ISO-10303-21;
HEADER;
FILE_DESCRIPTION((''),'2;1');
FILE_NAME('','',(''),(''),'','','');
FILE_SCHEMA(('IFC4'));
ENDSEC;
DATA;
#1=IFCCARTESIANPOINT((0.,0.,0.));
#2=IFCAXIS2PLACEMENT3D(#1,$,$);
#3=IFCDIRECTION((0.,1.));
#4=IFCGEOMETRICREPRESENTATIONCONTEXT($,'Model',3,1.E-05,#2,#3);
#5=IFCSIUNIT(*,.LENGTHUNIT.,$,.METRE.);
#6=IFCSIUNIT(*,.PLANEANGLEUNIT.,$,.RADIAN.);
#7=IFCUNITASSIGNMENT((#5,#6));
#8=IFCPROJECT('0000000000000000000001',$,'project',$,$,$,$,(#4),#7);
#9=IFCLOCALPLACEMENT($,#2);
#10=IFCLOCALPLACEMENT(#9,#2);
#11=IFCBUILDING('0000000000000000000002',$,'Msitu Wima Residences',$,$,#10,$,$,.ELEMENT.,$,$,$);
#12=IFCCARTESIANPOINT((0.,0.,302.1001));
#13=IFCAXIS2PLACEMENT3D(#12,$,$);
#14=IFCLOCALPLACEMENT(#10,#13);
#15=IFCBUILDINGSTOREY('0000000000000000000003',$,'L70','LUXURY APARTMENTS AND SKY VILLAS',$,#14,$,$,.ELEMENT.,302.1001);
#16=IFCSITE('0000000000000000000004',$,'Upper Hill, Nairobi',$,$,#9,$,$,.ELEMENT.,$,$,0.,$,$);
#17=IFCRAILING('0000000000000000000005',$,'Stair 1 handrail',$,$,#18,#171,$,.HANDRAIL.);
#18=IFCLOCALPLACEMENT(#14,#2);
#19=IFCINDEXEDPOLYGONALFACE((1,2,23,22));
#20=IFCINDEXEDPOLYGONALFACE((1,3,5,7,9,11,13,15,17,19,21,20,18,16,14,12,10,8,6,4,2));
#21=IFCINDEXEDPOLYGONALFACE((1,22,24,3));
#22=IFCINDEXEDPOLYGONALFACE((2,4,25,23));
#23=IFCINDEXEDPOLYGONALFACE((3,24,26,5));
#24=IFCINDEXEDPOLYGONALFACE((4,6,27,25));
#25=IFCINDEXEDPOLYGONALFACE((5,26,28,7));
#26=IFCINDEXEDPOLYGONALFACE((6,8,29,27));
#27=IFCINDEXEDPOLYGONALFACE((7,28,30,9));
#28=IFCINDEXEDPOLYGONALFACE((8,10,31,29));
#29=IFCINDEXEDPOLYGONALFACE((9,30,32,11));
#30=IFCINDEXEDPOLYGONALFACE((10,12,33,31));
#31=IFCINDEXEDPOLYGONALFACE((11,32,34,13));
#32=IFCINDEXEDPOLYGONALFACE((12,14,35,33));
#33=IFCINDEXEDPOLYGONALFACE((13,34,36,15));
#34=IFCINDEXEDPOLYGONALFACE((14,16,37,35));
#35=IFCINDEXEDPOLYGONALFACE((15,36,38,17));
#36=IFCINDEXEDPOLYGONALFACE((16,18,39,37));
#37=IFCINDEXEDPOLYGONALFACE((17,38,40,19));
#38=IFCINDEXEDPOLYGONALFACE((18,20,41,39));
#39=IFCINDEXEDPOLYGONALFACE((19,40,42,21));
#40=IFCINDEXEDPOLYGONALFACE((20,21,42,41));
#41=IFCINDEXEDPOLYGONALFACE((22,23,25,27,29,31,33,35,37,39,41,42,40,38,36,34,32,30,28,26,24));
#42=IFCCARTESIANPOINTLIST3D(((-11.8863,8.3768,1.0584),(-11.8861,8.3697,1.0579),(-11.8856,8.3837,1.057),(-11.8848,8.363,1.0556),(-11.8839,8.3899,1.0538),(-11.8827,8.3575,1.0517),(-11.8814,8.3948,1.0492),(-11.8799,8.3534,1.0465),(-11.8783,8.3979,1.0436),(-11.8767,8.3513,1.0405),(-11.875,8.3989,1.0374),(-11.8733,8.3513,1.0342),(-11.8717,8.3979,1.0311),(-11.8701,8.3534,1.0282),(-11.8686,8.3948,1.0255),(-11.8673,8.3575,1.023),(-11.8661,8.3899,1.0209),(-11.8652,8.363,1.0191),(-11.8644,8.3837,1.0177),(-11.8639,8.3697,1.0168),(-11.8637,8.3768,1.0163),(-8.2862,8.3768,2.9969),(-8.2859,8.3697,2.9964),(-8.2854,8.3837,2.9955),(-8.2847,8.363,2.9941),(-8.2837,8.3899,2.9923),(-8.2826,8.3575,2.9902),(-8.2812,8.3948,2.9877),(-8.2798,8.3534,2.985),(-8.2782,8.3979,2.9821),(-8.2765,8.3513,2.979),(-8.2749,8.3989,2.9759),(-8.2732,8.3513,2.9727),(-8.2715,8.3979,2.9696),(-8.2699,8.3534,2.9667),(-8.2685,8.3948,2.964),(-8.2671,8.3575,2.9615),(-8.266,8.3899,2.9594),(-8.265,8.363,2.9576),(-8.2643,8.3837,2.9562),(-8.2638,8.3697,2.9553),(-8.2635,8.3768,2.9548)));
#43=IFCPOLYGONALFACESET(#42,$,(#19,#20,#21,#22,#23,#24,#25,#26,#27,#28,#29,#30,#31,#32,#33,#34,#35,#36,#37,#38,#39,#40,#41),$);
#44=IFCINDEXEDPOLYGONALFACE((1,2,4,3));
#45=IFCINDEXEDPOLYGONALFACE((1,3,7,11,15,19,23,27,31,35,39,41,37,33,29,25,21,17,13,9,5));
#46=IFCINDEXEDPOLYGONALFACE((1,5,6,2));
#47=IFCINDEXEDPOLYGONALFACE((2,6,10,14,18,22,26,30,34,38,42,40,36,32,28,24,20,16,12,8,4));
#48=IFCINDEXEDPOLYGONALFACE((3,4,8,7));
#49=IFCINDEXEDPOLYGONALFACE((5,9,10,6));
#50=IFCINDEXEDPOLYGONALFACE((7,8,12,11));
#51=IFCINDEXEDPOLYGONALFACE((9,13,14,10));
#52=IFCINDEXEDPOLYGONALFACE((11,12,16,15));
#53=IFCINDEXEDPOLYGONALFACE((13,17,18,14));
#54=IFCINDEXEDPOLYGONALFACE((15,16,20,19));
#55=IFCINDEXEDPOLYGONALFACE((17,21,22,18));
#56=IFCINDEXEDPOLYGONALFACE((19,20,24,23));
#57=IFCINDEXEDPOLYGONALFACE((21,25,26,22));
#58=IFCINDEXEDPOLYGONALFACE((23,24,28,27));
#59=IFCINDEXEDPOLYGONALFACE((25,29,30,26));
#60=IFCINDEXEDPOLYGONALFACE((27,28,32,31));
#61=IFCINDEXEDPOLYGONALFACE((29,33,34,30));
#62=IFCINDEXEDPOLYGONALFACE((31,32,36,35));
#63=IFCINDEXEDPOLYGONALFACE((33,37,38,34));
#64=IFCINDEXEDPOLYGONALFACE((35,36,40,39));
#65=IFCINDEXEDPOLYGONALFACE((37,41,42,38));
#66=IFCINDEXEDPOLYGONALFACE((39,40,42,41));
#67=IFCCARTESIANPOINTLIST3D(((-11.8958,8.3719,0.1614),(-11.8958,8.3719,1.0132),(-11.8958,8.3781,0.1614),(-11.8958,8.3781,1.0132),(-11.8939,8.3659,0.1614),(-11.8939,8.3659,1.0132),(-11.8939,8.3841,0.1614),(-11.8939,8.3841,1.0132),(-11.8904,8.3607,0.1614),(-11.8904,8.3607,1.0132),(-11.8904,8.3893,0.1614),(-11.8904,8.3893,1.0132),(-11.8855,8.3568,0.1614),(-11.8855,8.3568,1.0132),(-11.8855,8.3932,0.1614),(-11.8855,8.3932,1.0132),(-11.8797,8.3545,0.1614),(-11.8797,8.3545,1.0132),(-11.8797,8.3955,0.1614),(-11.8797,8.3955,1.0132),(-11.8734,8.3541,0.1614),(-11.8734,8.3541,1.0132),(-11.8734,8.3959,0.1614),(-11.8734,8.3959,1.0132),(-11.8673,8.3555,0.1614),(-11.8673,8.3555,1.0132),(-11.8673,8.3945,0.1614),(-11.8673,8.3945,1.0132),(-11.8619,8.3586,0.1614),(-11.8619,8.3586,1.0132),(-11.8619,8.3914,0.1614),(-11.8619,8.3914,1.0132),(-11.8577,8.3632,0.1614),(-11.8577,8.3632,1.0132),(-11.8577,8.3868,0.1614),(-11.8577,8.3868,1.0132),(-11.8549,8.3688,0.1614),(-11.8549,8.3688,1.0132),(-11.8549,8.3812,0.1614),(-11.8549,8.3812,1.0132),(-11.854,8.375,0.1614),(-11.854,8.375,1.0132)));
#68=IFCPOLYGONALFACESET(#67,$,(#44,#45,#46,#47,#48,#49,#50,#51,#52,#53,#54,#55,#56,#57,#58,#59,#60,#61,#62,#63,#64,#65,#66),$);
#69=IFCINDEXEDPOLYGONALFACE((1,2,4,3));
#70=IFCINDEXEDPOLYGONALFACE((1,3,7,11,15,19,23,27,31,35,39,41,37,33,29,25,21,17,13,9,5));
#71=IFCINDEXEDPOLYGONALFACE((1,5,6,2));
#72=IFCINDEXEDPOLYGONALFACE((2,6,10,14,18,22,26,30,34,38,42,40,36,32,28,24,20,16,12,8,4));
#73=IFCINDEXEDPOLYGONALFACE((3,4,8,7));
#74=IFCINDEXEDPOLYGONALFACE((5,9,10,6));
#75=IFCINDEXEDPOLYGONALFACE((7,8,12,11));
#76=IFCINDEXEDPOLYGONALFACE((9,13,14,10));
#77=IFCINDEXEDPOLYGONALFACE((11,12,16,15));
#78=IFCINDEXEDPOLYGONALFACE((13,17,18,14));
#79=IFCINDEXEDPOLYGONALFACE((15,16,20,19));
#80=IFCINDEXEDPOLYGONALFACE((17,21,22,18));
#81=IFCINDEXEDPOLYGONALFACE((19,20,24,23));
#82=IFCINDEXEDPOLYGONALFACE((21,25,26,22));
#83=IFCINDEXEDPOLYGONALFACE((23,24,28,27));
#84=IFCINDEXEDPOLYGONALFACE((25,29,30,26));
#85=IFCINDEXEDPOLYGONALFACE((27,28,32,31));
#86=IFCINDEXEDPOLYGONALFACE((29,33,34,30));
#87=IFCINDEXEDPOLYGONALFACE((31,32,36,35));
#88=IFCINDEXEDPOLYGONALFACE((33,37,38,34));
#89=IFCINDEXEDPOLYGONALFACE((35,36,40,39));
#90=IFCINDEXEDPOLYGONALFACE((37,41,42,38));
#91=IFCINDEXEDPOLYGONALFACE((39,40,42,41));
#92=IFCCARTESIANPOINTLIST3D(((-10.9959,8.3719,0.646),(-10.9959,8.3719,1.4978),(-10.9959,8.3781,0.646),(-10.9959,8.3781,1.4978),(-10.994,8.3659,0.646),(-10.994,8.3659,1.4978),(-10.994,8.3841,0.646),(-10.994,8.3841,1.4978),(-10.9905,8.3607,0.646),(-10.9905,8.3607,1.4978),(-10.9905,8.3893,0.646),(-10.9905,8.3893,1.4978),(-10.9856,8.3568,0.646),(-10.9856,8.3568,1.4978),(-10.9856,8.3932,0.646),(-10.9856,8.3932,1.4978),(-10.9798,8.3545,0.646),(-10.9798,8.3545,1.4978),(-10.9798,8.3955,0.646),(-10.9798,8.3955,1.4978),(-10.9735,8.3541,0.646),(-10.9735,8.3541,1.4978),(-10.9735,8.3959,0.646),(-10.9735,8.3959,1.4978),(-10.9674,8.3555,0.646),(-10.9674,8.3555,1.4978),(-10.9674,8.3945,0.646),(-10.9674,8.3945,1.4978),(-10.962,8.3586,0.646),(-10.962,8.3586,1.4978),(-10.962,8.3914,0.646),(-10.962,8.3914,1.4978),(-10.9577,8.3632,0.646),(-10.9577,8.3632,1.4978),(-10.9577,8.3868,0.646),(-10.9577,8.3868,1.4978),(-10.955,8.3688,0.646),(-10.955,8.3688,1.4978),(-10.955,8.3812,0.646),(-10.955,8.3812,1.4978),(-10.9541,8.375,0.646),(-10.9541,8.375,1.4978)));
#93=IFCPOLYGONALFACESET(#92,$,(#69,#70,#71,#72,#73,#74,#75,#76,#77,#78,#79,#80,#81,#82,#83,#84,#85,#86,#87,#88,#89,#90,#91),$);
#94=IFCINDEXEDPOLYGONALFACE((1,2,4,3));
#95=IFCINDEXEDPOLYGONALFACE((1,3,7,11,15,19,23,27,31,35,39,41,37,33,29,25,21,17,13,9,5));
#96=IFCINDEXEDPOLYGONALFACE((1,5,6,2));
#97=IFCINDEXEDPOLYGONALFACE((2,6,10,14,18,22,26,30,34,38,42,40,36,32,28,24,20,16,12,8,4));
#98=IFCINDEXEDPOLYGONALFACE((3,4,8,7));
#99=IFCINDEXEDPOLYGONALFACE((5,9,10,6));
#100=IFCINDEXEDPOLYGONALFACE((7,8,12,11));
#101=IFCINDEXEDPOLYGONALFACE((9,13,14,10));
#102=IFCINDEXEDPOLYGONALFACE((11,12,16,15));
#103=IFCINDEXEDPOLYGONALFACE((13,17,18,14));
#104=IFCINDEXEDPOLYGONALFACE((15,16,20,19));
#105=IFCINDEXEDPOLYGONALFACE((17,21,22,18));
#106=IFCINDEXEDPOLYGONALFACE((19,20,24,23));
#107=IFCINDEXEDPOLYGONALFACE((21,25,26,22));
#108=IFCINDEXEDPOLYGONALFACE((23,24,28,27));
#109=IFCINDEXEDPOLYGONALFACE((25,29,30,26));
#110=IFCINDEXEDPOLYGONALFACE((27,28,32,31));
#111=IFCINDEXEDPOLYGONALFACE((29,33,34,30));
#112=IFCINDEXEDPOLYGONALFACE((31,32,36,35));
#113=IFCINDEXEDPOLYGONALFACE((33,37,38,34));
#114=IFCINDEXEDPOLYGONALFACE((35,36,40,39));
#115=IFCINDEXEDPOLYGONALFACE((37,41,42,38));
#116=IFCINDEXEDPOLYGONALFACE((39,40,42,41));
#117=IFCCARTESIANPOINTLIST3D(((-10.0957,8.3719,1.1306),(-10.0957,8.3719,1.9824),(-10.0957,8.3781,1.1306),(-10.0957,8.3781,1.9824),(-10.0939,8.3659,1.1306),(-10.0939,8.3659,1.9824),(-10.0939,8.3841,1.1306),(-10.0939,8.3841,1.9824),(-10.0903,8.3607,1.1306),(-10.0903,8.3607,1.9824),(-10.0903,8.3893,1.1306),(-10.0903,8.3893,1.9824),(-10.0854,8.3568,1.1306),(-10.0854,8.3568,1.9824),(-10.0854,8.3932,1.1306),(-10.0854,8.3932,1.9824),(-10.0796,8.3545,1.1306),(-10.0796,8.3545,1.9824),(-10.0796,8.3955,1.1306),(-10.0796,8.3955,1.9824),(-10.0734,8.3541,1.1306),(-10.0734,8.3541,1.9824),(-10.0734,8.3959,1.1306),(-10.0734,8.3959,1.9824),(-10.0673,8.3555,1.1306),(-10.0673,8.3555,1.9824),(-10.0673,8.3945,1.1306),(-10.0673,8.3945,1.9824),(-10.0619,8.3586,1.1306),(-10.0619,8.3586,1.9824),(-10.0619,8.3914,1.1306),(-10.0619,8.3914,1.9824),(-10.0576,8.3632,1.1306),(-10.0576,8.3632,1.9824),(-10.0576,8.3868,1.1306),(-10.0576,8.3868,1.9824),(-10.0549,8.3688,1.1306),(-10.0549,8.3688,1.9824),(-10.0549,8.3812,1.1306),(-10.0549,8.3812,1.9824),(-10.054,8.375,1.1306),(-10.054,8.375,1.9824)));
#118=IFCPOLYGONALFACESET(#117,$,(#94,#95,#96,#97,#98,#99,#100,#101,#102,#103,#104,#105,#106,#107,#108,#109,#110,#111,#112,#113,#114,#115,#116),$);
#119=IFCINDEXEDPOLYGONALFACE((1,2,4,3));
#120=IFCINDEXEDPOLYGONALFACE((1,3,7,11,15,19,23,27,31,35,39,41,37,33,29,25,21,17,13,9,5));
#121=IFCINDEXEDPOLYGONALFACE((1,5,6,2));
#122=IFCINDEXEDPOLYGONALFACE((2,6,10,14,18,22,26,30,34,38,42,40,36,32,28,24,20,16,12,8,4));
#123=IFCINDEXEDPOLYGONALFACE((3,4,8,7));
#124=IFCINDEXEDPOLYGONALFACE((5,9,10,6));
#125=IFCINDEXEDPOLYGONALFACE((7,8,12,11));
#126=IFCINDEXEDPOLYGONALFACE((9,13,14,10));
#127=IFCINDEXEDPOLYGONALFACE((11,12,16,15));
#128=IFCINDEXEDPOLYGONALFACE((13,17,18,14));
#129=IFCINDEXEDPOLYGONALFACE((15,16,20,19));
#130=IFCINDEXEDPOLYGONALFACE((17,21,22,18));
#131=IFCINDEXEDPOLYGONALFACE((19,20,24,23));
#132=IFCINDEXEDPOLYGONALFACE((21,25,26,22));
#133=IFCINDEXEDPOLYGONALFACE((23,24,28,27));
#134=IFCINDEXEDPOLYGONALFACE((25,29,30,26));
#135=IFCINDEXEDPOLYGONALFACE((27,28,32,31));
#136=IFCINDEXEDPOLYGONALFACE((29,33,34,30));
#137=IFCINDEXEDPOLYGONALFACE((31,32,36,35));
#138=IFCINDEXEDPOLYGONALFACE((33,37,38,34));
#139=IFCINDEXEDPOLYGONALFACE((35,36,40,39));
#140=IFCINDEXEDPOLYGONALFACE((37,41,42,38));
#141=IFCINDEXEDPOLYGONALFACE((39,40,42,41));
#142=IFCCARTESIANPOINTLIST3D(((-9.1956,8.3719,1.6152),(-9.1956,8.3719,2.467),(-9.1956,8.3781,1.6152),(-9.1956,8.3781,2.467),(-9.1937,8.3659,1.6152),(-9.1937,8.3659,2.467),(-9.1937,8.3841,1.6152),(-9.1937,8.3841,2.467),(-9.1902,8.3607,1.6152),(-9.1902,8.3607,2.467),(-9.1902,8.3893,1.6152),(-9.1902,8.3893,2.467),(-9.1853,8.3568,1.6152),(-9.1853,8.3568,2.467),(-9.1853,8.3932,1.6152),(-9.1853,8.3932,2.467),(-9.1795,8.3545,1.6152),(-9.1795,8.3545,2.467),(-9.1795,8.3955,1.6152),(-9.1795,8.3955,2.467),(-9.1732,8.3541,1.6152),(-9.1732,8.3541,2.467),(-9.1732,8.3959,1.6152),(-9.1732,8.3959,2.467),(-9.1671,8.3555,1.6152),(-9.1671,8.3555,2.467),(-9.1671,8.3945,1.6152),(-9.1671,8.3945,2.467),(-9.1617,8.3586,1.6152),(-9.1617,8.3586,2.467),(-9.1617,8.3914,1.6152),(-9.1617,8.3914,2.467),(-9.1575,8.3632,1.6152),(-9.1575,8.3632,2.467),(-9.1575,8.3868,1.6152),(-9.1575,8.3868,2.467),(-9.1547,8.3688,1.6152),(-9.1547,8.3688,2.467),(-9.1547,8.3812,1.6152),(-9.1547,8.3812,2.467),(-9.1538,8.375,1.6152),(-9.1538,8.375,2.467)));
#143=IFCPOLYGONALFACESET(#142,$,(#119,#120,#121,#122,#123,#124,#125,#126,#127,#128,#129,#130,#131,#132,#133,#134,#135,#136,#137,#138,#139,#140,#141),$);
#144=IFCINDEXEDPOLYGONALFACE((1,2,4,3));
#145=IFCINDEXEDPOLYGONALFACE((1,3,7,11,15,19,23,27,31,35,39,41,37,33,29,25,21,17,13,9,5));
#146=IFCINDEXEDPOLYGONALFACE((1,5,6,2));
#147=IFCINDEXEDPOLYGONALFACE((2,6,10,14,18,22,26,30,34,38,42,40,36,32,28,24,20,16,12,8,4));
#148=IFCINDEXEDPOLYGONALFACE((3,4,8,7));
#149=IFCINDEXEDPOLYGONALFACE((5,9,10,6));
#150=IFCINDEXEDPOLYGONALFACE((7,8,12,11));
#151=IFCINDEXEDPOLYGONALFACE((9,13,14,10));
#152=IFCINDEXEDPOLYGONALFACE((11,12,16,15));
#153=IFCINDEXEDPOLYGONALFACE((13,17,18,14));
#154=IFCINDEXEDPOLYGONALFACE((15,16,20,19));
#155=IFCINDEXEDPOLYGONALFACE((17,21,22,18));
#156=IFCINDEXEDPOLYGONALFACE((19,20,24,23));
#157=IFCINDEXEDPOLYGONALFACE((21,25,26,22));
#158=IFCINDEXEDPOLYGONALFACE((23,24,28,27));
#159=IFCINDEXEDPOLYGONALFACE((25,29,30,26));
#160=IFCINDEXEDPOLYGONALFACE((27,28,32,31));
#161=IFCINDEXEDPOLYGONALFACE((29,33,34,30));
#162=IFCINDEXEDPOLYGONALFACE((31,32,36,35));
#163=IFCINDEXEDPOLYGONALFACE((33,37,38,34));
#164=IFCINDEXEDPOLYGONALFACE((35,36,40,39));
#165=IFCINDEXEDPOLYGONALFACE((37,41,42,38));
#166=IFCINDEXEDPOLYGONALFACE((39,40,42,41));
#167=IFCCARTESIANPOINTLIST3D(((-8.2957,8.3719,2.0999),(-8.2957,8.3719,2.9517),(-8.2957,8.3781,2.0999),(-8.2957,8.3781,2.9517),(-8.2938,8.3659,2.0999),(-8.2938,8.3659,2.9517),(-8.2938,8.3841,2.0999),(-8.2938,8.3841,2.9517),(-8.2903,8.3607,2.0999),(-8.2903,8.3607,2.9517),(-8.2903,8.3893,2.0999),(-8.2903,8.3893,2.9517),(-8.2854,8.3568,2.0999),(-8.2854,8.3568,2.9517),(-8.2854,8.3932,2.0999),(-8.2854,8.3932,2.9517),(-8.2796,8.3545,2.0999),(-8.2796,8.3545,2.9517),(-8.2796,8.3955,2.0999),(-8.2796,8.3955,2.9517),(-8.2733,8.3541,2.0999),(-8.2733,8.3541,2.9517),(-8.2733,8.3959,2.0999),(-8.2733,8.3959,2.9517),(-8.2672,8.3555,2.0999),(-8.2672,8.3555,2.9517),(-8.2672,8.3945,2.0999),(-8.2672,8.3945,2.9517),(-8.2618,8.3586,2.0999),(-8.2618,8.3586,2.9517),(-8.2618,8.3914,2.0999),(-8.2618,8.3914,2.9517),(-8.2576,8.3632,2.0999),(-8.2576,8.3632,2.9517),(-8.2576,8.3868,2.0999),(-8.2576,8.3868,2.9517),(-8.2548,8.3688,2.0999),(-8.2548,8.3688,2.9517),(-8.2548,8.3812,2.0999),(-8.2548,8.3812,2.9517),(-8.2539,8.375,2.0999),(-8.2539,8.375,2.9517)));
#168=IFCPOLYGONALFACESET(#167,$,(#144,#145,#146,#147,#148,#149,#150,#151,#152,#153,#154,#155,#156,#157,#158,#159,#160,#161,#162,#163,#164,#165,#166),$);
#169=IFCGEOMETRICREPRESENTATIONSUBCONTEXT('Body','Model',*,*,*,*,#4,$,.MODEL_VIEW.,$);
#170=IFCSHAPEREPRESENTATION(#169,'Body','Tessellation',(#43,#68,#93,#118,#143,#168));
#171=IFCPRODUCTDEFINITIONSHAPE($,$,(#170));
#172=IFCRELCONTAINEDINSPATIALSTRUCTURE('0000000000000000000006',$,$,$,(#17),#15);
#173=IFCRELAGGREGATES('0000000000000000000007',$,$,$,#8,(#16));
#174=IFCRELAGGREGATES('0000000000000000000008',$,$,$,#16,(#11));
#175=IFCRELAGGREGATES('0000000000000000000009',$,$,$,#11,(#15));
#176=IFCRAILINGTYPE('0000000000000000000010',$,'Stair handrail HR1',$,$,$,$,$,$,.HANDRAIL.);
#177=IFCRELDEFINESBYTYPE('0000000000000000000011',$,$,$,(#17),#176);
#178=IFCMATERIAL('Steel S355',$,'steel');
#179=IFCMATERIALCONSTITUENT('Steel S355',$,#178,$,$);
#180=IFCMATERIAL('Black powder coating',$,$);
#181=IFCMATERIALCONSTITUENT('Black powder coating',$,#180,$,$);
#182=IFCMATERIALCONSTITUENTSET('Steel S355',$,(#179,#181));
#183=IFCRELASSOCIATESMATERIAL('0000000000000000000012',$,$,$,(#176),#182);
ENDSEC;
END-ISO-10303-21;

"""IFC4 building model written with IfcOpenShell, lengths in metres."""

from ifc_helpers import new_model, si_unit, direction, frame, origin, origin_2d, place, context, subcontext, project, spatial, circle, extrude, material, constituent, constituent_set, type_object, element, save


model = new_model("IFC4")

# Units and contexts
model_context = context("Model", 3, precision=1e-05, world=origin(), true_north=direction((0.0, 1.0)))
body_context = subcontext(model_context, "Body", "Model", "MODEL_VIEW")
ifc_project = project(units=[si_unit("LENGTHUNIT", "METRE"), si_unit("PLANEANGLEUNIT", "RADIAN")], contexts=[model_context])

# Site, building, storey
site_placement = place(None, origin())
site = spatial("IfcSite", under=ifc_project, at=site_placement, Name="Upper Hill, Nairobi", CompositionType="ELEMENT", RefElevation=0.0)
building_placement = place(site_placement, origin())
building = spatial("IfcBuilding", under=site, at=building_placement, Name="Msitu Wima Residences", CompositionType="ELEMENT")
storey_placement = place(building_placement, frame((0.0, 0.0, 302.1001)))
storey = spatial("IfcBuildingStorey", under=building, at=storey_placement, Name="L70", Description="LUXURY APARTMENTS AND SKY VILLAS", CompositionType="ELEMENT", Elevation=302.1001)

# Railing
ifc_material_1 = material(Name="Steel S355", Category="steel")
ifc_constituent_1 = constituent(ifc_material_1, Name="Steel S355")
ifc_material_2 = material(Name="Black powder coating")
ifc_constituent_2 = constituent(ifc_material_2, Name="Black powder coating")
ifc_constituent_set = constituent_set(constituents=[ifc_constituent_1, ifc_constituent_2], Name="Steel S355")
railing_type = type_object("IfcRailingType", Name="Stair handrail HR1", PredefinedType="HANDRAIL", material=ifc_constituent_set)
for number, where, name in (
    (1, (-11.875, 8.375, 0.1614), "Stair 1 handrail"),
):
    element("IfcRailing", number, at=place(storey_placement, frame(where)), inside=storey, type_object=railing_type, Name=name, PredefinedType="HANDRAIL", context=body_context, shape_type="SweptSolid", body=[
        extrude(circle(Radius=0.0239, at=origin_2d()), frame((0.0, 0.0, 0.876), z_axis=(0.880475, 0.0, 0.474093), x_axis=(0.0, 1.0, 0.0)), (0.0, 0.0, 1.0), 4.0889),
        extrude(circle(Radius=0.021, at=origin_2d()), origin(), (0.0, 0.0, 1.0), 0.8518),
        extrude(circle(Radius=0.021, at=origin_2d()), frame((0.8999, 0.0, 0.4846)), (0.0, 0.0, 1.0), 0.8518),
        extrude(circle(Radius=0.021, at=origin_2d()), frame((1.8, 0.0, 0.9692)), (0.0, 0.0, 1.0), 0.8518),
        extrude(circle(Radius=0.021, at=origin_2d()), frame((2.7002, 0.0, 1.4539)), (0.0, 0.0, 1.0), 0.8518),
        extrude(circle(Radius=0.021, at=origin_2d()), frame((3.6001, 0.0, 1.9385)), (0.0, 0.0, 1.0), 0.8518),
    ])

save(model, "model.ifc")
